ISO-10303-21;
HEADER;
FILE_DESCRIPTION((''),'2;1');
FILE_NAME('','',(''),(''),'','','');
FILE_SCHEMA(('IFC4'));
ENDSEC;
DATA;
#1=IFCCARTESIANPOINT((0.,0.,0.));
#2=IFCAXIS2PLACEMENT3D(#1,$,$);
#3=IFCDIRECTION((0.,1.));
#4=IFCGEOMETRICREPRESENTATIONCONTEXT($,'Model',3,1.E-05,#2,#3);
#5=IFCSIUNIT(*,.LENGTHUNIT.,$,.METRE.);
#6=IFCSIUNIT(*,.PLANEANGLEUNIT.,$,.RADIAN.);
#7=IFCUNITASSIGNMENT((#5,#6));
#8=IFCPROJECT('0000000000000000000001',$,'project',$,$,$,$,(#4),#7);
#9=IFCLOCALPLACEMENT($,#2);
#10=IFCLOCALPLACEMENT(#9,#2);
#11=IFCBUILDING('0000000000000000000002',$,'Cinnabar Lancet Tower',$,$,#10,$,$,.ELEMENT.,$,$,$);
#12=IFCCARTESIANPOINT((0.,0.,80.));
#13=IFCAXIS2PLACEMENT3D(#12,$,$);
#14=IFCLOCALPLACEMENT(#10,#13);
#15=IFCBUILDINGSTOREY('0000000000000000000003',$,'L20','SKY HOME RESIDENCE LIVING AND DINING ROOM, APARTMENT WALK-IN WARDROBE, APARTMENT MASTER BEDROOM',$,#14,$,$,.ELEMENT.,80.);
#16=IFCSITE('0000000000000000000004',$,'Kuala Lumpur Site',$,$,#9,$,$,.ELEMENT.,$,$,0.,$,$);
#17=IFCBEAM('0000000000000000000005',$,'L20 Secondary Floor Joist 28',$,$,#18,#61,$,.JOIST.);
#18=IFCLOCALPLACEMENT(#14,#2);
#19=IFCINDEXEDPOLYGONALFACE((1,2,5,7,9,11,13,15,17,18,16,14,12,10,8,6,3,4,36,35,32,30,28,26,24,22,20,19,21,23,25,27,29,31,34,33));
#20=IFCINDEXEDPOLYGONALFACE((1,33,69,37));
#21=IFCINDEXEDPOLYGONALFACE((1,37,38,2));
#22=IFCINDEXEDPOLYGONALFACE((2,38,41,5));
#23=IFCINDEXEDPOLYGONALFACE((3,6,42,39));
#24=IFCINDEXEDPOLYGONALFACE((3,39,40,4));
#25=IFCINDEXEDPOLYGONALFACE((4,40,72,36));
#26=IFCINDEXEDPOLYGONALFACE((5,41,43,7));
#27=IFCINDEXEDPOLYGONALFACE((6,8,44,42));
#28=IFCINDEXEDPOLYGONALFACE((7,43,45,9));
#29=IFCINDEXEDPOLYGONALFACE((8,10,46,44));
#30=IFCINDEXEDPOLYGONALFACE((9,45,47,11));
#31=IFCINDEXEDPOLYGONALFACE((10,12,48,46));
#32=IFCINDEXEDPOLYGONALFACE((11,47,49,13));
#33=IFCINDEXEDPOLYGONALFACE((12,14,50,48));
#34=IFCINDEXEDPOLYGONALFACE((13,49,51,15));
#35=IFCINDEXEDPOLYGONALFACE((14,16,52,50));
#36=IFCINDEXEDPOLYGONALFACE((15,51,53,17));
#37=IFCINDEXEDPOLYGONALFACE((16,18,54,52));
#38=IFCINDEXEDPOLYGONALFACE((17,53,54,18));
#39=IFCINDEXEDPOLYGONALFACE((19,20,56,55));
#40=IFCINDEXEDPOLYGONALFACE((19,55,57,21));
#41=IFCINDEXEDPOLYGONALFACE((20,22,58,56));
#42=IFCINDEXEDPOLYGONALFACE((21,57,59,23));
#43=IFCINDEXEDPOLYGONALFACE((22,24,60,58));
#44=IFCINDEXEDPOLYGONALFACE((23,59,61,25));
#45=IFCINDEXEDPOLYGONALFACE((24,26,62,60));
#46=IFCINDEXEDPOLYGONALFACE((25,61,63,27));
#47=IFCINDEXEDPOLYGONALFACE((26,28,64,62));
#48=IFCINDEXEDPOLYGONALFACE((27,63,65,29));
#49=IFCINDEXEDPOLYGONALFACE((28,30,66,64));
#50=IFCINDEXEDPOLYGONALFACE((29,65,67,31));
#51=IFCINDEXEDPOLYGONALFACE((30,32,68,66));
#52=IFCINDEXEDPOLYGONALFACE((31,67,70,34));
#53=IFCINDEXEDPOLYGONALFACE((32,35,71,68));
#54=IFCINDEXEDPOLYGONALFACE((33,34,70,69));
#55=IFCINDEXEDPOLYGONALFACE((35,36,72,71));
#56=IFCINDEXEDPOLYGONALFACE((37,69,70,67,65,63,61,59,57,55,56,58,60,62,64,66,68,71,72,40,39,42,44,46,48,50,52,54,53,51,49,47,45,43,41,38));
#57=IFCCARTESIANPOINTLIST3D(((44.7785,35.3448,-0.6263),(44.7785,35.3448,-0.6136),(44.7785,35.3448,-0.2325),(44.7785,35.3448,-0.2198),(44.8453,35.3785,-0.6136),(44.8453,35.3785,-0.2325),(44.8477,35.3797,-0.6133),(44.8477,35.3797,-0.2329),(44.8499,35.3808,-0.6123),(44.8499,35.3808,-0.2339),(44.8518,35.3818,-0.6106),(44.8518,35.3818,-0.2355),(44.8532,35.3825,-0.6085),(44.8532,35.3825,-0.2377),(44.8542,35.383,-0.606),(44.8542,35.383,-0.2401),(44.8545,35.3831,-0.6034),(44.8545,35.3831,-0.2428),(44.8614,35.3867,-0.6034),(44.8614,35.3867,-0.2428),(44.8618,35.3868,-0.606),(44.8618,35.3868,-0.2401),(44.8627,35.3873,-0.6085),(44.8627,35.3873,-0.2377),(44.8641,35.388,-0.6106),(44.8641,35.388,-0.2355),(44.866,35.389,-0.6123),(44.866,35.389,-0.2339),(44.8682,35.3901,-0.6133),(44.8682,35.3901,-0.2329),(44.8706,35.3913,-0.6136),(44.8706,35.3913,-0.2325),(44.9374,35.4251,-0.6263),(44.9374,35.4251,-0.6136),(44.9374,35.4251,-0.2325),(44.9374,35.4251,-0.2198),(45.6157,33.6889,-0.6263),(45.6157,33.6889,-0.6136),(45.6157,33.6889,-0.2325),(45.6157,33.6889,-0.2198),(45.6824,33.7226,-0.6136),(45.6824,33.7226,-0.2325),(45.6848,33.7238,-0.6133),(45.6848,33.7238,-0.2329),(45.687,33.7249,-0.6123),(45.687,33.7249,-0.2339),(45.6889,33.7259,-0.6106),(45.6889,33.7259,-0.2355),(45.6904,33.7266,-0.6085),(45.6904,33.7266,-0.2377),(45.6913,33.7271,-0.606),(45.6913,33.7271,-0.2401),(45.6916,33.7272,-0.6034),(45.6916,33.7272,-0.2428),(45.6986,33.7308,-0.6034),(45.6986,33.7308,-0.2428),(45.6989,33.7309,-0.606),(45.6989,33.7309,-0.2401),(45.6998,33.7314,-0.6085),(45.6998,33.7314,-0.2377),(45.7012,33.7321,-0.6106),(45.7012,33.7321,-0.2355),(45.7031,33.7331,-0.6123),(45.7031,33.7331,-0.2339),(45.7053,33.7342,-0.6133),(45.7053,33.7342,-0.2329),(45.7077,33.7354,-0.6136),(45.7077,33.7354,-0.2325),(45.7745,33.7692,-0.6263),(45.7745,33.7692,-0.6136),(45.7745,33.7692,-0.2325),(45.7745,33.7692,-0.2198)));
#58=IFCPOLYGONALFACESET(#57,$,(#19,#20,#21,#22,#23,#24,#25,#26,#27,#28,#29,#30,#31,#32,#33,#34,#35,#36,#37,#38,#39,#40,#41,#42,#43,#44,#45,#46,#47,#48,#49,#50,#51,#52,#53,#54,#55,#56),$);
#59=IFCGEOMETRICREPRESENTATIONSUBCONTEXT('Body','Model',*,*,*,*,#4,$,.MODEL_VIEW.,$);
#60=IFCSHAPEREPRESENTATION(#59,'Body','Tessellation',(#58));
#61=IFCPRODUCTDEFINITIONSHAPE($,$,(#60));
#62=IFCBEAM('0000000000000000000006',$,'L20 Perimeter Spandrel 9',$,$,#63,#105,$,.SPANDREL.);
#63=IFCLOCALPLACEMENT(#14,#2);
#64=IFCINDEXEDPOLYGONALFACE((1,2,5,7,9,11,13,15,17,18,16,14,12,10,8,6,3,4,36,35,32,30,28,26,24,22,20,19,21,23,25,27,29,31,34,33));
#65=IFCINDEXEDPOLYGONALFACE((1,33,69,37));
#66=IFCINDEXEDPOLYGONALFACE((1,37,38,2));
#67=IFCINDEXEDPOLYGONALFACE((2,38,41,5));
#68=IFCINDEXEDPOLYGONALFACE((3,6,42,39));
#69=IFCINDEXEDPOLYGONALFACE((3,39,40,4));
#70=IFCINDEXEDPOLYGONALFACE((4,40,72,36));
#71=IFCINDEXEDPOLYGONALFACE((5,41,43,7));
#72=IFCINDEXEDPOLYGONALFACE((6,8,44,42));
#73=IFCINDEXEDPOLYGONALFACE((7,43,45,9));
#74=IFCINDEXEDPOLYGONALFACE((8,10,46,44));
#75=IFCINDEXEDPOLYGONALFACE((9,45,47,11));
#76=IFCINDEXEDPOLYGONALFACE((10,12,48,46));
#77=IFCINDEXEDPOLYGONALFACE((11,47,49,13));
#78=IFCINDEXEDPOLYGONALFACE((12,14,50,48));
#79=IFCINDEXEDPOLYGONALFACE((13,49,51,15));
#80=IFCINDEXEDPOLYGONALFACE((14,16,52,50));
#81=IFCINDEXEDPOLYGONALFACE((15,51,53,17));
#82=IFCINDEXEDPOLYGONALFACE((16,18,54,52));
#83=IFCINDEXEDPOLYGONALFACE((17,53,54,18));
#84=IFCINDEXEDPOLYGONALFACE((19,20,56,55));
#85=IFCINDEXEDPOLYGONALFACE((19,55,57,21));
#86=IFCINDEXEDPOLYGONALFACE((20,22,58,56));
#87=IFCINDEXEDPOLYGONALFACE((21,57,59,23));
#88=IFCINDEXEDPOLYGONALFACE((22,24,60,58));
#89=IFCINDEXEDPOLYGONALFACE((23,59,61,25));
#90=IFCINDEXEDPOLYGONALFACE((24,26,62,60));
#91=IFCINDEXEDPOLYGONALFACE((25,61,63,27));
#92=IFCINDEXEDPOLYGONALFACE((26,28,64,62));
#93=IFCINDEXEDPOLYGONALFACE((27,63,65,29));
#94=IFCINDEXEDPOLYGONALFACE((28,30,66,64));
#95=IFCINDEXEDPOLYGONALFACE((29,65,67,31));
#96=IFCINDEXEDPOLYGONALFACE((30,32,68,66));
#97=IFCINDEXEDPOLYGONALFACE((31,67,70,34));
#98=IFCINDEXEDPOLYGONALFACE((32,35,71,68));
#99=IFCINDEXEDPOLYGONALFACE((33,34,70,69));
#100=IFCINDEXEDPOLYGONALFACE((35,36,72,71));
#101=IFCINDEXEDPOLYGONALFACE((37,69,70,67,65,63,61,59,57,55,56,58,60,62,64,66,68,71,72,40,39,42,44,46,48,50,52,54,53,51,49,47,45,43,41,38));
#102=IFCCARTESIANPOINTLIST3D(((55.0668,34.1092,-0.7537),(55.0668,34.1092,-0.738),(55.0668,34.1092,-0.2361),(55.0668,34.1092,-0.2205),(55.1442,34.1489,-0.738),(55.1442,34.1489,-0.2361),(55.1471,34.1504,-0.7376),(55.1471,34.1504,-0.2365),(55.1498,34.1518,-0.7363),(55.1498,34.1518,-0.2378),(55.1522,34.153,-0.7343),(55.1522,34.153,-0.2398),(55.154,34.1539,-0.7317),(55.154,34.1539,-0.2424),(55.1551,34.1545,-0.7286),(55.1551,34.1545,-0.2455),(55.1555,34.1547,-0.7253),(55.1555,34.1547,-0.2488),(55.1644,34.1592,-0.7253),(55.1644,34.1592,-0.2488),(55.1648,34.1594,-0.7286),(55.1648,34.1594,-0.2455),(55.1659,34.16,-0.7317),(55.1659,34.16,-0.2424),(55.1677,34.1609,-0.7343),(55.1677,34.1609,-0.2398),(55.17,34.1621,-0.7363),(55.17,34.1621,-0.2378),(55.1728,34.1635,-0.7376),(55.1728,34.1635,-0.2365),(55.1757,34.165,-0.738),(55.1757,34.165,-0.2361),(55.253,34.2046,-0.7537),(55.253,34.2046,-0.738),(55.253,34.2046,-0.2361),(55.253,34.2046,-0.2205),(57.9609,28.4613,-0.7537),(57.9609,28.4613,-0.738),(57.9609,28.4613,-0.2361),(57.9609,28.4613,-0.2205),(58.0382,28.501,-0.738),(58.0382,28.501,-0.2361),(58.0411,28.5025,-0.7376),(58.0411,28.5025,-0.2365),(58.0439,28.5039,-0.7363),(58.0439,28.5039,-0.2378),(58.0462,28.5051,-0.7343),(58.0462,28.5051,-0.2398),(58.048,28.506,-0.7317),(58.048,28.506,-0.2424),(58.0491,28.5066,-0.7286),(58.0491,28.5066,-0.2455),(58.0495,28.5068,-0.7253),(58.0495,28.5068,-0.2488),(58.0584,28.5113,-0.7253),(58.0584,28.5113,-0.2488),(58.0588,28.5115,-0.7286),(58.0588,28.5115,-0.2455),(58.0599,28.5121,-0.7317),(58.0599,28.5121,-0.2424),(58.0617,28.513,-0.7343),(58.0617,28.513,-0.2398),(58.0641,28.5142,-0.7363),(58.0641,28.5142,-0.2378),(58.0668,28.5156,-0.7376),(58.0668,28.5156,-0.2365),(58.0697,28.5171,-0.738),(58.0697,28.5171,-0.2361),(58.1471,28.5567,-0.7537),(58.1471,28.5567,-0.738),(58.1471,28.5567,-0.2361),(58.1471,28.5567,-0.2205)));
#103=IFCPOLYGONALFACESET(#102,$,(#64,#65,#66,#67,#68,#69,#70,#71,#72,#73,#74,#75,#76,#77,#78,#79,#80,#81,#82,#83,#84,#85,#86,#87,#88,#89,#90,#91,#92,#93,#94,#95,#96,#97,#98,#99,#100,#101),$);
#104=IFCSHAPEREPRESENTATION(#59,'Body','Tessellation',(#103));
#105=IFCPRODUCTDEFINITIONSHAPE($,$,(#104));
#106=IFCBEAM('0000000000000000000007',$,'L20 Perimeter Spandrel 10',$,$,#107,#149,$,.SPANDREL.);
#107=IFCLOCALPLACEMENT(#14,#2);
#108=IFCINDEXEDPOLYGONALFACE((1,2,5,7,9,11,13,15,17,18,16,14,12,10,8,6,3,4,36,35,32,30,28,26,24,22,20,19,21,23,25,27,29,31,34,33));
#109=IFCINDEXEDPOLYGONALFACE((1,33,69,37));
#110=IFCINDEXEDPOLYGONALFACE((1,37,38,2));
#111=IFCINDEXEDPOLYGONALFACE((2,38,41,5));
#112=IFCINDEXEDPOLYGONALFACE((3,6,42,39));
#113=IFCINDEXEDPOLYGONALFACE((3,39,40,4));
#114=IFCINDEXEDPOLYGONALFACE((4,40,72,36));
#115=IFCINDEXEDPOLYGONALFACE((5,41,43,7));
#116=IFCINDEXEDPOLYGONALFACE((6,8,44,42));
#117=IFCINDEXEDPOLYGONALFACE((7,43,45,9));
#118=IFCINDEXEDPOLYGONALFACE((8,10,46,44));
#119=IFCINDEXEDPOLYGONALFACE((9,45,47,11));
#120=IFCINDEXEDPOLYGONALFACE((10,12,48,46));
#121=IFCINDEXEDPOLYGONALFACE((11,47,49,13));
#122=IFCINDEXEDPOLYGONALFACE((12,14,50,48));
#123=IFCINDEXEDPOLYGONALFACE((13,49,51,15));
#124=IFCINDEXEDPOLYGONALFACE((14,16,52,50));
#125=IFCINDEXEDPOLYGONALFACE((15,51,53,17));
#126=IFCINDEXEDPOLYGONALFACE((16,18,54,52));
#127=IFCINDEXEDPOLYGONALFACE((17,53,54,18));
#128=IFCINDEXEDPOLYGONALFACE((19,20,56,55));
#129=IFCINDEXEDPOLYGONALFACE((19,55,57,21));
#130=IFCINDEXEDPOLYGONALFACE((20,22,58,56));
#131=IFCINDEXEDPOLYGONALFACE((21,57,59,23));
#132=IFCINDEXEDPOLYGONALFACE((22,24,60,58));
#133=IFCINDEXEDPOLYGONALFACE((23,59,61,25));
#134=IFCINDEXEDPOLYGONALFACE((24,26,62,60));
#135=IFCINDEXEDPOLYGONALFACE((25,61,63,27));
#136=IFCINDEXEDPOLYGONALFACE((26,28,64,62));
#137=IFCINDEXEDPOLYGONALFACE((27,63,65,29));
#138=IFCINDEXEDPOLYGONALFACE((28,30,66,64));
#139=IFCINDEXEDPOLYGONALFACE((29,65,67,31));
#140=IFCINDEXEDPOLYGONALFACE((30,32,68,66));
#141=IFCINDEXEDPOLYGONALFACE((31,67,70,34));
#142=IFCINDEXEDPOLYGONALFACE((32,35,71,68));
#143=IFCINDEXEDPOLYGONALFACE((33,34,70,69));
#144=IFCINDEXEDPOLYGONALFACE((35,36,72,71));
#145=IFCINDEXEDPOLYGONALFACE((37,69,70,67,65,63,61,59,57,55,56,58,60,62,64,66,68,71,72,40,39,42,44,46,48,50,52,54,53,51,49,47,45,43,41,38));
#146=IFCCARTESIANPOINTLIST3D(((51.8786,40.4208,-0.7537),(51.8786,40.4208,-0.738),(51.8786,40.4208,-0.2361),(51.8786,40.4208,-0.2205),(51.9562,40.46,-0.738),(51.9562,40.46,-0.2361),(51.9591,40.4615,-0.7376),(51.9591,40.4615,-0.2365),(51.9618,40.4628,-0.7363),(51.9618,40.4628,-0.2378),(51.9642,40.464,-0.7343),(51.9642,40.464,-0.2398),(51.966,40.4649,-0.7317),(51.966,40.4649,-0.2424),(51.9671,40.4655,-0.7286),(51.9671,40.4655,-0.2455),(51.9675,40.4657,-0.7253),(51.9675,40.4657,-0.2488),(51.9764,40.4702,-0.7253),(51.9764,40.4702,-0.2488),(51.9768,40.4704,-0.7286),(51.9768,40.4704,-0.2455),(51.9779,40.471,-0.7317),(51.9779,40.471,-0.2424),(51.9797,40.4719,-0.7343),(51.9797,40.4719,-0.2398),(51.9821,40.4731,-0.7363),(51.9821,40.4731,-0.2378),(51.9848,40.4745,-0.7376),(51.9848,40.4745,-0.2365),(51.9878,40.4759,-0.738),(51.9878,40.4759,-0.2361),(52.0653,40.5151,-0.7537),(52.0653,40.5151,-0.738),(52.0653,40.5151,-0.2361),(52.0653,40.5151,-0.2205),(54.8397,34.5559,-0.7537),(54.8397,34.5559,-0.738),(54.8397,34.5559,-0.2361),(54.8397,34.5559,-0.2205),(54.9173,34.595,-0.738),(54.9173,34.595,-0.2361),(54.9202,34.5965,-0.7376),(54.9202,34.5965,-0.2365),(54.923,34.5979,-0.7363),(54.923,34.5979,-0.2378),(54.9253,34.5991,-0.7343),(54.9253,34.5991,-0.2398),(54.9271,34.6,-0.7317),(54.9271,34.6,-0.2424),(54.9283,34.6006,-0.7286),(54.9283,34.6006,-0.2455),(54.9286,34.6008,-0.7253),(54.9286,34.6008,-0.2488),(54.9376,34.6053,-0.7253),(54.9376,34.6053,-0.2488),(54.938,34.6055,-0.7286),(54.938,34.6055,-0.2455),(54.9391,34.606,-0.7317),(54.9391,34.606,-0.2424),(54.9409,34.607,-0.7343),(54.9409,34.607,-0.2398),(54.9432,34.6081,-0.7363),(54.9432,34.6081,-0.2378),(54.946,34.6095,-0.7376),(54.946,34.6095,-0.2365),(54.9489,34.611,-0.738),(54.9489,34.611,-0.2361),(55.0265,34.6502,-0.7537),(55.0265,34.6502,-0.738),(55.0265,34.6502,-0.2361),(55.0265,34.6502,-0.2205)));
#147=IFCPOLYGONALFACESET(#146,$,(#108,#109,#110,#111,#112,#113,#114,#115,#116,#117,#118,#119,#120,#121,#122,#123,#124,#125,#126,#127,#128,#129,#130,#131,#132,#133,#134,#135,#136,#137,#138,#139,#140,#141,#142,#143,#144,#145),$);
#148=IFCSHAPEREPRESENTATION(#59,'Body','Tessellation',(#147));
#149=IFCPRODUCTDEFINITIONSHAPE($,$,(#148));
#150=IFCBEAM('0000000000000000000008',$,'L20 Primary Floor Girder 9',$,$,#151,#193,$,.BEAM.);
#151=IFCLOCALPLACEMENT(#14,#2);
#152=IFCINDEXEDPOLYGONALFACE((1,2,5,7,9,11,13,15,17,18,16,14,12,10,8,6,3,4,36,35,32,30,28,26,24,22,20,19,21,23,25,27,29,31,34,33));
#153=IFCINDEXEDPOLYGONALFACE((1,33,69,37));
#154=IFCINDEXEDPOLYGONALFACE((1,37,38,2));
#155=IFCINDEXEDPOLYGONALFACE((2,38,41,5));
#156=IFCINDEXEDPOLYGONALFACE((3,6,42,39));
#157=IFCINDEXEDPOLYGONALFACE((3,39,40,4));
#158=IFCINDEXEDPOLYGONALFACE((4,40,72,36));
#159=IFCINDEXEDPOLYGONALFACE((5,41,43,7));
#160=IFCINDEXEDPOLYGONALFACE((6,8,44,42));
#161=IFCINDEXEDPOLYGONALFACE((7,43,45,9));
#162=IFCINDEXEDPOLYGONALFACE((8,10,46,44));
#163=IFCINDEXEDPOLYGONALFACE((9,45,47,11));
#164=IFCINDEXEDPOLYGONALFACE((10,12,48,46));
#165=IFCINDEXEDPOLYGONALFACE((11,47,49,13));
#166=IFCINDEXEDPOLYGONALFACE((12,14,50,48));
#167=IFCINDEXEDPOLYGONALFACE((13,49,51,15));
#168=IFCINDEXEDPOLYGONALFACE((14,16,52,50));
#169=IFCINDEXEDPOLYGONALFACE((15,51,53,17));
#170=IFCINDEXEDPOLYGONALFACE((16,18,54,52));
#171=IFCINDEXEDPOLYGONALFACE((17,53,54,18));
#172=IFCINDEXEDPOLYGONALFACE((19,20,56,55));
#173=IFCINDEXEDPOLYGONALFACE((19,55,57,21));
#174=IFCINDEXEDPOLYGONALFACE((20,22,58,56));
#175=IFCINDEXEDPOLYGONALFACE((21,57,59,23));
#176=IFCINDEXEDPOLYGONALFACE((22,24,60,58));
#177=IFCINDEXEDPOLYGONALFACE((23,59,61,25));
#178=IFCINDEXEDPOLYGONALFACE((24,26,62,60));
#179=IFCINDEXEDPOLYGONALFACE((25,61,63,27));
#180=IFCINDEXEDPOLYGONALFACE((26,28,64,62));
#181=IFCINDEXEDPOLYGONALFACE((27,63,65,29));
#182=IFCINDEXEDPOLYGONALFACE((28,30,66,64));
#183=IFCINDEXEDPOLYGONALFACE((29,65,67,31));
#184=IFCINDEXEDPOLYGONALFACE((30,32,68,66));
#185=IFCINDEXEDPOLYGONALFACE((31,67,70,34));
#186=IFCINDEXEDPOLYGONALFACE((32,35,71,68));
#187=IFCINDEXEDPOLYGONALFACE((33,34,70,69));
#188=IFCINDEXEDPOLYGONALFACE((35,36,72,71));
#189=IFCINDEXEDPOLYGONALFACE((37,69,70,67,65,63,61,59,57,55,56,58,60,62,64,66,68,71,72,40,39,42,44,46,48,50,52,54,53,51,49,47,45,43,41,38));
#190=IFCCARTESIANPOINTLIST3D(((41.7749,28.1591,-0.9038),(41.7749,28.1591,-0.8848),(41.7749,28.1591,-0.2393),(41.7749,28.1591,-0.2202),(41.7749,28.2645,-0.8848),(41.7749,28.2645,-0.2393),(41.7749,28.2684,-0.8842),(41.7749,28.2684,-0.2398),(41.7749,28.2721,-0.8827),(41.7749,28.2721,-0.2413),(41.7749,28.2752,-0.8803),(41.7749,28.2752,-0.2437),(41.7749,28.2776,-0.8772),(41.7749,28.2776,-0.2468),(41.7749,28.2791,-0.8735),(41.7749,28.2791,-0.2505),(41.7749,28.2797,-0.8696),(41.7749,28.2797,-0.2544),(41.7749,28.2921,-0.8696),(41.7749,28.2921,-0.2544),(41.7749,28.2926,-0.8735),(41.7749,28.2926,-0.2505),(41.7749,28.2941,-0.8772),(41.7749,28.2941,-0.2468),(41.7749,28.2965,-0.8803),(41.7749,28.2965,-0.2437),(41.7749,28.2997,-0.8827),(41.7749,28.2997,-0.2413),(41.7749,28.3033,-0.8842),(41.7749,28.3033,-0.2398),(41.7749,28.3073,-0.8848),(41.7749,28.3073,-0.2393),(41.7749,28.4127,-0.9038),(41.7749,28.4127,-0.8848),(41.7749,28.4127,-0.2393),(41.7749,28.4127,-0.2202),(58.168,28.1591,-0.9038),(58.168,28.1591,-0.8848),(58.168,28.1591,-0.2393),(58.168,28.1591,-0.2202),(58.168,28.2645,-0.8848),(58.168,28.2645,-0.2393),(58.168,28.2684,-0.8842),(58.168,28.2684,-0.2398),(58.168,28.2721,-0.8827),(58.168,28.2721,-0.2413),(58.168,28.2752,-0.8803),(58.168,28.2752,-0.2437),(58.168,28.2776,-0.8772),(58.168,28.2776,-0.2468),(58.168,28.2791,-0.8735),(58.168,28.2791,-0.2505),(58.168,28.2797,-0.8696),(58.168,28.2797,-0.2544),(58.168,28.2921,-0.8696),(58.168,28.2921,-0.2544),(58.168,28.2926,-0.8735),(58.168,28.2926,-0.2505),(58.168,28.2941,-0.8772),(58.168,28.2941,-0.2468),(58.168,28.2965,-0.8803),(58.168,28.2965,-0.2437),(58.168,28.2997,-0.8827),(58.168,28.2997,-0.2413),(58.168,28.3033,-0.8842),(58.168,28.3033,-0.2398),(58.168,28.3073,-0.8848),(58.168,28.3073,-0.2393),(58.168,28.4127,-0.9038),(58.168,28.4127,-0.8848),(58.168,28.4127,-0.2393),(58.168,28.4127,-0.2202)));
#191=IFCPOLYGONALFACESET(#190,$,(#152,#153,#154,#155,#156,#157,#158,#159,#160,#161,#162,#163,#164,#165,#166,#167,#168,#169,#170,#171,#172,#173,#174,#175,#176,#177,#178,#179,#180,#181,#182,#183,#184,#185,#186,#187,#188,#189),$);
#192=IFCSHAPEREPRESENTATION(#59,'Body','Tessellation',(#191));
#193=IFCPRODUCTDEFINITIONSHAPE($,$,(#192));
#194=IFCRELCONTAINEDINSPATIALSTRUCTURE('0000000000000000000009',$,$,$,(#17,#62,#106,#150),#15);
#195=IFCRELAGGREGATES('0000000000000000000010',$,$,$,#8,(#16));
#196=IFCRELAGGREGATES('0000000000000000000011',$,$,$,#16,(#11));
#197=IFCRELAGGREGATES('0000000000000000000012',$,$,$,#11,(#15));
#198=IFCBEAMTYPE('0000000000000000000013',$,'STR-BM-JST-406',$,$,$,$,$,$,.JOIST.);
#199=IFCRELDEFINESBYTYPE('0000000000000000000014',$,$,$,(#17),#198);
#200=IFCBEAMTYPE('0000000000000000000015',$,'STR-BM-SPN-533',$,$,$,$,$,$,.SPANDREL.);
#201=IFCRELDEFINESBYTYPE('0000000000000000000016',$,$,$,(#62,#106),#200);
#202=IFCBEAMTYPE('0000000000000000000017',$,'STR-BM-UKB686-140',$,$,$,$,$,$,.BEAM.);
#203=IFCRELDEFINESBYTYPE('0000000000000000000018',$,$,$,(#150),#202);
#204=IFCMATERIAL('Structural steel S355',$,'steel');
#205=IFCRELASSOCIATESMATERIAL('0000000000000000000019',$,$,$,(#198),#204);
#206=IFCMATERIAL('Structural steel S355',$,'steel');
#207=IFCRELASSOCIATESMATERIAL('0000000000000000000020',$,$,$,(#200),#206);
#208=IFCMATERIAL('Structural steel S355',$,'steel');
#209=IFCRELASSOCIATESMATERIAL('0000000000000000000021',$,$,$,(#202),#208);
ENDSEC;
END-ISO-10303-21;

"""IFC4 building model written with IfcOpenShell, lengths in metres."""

from ifc_helpers import new_model, si_unit, direction, frame, origin, origin_2d, place, context, subcontext, project, spatial, i_section, extrude, material, material_profile, profile_set, type_object, element, save


model = new_model("IFC4")

# Units and contexts
model_context = context("Model", 3, precision=1e-05, world=origin(), true_north=direction((0.0, 1.0)))
body_context = subcontext(model_context, "Body", "Model", "MODEL_VIEW")
ifc_project = project(units=[si_unit("LENGTHUNIT", "METRE"), si_unit("PLANEANGLEUNIT", "RADIAN")], contexts=[model_context])

# Site, building, storey
site_placement = place(None, origin())
site = spatial("IfcSite", under=ifc_project, at=site_placement, Name="Kuala Lumpur Site", CompositionType="ELEMENT", RefElevation=0.0)
building_placement = place(site_placement, origin())
building = spatial("IfcBuilding", under=site, at=building_placement, Name="Cinnabar Lancet Tower", CompositionType="ELEMENT")
storey_placement = place(building_placement, frame((0.0, 0.0, 80.0)))
storey = spatial("IfcBuildingStorey", under=building, at=storey_placement, Name="L20", Description="SKY HOME RESIDENCE LIVING AND DINING ROOM, APARTMENT WALK-IN WARDROBE, APARTMENT MASTER BEDROOM", CompositionType="ELEMENT", Elevation=80.0)

# Beams
ifc_material_1 = material(Name="Structural steel S355", Category="steel")
ifc_material_profile_1 = material_profile(ifc_material_1, i_section(OverallWidth=0.178, OverallDepth=0.4065, WebThickness=0.0078, FlangeThickness=0.0127, FilletRadius=0.0103, at=origin_2d()), Name="UKB 406x178x60")
ifc_profile_set_1 = profile_set([ifc_material_profile_1], Name="Structural steel S355")
beam_type_1 = type_object("IfcBeamType", Name="STR-BM-JST-406", PredefinedType="JOIST", material=ifc_profile_set_1)
beam_1_placement = place(storey_placement, frame((45.6951, 33.729, -0.4231), z_axis=(-0.451156, 0.892445, 0.0), x_axis=(-0.892445, -0.451156, 0.0)))
element("IfcBeam", 1, at=beam_1_placement, inside=storey, type_object=beam_type_1, Name="L20 Secondary Floor Joist 28", PredefinedType="JOIST", context=body_context, shape_type="SweptSolid", body=[
    extrude(i_section(OverallWidth=0.178, OverallDepth=0.4065, WebThickness=0.0078, FlangeThickness=0.0127, FilletRadius=0.0103, at=origin_2d()), origin(), (0.0, 0.0, 1.0), 1.8555),
])
ifc_material_2 = material(Name="Structural steel S355", Category="steel")
ifc_material_profile_2 = material_profile(ifc_material_2, i_section(OverallWidth=0.2092, OverallDepth=0.5332, WebThickness=0.01, FlangeThickness=0.0156, FilletRadius=0.0127, at=origin_2d()), Name="UKB 533x210x92")
ifc_profile_set_2 = profile_set([ifc_material_profile_2], Name="Structural steel S355")
beam_type_2 = type_object("IfcBeamType", Name="STR-BM-SPN-533", PredefinedType="SPANDREL", material=ifc_profile_set_2)
beam_2_placement = place(storey_placement, frame((58.054, 28.509, -0.4871), z_axis=(-0.456025, 0.889967, 0.0), x_axis=(-0.889967, -0.456025, 0.0)))
element("IfcBeam", 2, at=beam_2_placement, inside=storey, type_object=beam_type_2, Name="L20 Perimeter Spandrel 9", PredefinedType="SPANDREL", context=body_context, shape_type="SweptSolid", body=[
    extrude(i_section(OverallWidth=0.2092, OverallDepth=0.5332, WebThickness=0.01, FlangeThickness=0.0156, FilletRadius=0.0127, at=origin_2d()), origin(), (0.0, 0.0, 1.0), 6.3462),
])
beam_3_placement = place(storey_placement, frame((54.9331, 34.603, -0.4871), z_axis=(-0.450703, 0.892674, 0.0), x_axis=(-0.892674, -0.450703, 0.0)))
element("IfcBeam", 3, at=beam_3_placement, inside=storey, type_object=beam_type_2, Name="L20 Perimeter Spandrel 10", PredefinedType="SPANDREL", context=body_context, shape_type="SweptSolid", body=[
    extrude(i_section(OverallWidth=0.2092, OverallDepth=0.5332, WebThickness=0.01, FlangeThickness=0.0156, FilletRadius=0.0127, at=origin_2d()), origin(), (0.0, 0.0, 1.0), 6.5701),
])
ifc_material_3 = material(Name="Structural steel S355", Category="steel")
ifc_material_profile_3 = material_profile(ifc_material_3, i_section(OverallWidth=0.2537, OverallDepth=0.6836, WebThickness=0.0125, FlangeThickness=0.019, FilletRadius=0.0151, at=origin_2d()), Name="UKB 686x254x140")
ifc_profile_set_3 = profile_set([ifc_material_profile_3], Name="Structural steel S355")
beam_type_3 = type_object("IfcBeamType", Name="STR-BM-UKB686-140", PredefinedType="BEAM", material=ifc_profile_set_3)
beam_4_placement = place(storey_placement, frame((58.168, 28.2859, -0.562), z_axis=(-1.0, 0.0, 0.0), x_axis=(0.0, -1.0, 0.0)))
element("IfcBeam", 4, at=beam_4_placement, inside=storey, type_object=beam_type_3, Name="L20 Primary Floor Girder 9", PredefinedType="BEAM", context=body_context, shape_type="SweptSolid", body=[
    extrude(i_section(OverallWidth=0.2537, OverallDepth=0.6836, WebThickness=0.0125, FlangeThickness=0.019, FilletRadius=0.0151, at=origin_2d()), origin(), (0.0, 0.0, 1.0), 16.3931),
])

save(model, "model.ifc")
